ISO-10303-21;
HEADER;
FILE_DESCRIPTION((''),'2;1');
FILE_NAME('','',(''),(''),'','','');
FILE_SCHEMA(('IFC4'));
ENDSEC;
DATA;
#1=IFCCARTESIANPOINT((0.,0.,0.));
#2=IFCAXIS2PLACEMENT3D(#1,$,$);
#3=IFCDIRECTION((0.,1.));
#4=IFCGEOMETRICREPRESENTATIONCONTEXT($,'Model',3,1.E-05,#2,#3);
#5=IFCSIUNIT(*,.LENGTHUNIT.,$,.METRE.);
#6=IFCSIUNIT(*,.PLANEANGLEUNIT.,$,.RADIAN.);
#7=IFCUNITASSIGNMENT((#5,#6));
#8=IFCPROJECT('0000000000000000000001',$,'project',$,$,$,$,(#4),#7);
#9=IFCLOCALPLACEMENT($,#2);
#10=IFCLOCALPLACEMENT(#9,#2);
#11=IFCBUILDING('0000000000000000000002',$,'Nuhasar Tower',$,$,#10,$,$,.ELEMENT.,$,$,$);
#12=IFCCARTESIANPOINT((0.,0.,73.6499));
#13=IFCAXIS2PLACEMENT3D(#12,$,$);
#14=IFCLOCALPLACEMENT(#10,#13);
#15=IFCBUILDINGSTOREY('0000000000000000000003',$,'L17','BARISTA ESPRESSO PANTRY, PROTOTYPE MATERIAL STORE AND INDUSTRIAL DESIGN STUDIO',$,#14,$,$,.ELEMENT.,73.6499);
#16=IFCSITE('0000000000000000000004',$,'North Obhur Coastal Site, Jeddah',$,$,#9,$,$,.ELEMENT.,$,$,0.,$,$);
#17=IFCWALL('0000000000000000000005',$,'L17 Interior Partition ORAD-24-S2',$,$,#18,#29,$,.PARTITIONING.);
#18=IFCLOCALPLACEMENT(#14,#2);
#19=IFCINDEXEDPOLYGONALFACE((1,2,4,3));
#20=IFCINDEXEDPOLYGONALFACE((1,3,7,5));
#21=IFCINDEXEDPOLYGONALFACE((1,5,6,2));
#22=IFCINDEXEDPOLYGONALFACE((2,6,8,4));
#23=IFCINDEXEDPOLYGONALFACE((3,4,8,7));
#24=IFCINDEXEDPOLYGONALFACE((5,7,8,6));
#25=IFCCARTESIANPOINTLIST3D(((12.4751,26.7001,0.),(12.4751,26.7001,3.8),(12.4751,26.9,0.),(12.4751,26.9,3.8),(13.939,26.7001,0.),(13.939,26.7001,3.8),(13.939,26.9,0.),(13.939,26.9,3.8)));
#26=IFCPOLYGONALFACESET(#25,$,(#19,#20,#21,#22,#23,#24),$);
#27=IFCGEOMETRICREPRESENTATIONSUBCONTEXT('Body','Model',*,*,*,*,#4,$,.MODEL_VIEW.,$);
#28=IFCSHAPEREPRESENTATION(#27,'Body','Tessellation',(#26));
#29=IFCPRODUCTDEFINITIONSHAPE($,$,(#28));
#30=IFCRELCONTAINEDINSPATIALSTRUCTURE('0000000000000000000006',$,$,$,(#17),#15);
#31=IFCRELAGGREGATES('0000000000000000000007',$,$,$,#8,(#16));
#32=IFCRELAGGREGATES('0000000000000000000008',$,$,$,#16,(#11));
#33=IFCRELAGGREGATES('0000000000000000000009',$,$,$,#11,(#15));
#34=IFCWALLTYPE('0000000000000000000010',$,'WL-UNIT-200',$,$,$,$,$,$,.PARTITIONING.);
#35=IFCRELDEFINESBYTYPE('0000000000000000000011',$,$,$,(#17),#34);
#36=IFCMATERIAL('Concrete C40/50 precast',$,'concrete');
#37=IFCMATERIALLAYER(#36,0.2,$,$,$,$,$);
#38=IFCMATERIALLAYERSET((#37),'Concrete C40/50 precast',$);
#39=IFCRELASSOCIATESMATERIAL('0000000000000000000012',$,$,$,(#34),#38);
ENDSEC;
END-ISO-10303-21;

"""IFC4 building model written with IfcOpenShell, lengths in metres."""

from ifc_helpers import new_model, si_unit, direction, frame, frame_2d, origin, place, context, subcontext, project, spatial, rectangle, extrude, material, layer, layer_set, type_object, element, save


model = new_model("IFC4")

# Units and contexts
model_context = context("Model", 3, precision=1e-05, world=origin(), true_north=direction((0.0, 1.0)))
body_context = subcontext(model_context, "Body", "Model", "MODEL_VIEW")
ifc_project = project(units=[si_unit("LENGTHUNIT", "METRE"), si_unit("PLANEANGLEUNIT", "RADIAN")], contexts=[model_context])

# Site, building, storey
site_placement = place(None, origin())
site = spatial("IfcSite", under=ifc_project, at=site_placement, Name="North Obhur Coastal Site, Jeddah", CompositionType="ELEMENT", RefElevation=0.0)
building_placement = place(site_placement, origin())
building = spatial("IfcBuilding", under=site, at=building_placement, Name="Nuhasar Tower", CompositionType="ELEMENT")
storey_placement = place(building_placement, frame((0.0, 0.0, 73.6499)))
storey = spatial("IfcBuildingStorey", under=building, at=storey_placement, Name="L17", Description="BARISTA ESPRESSO PANTRY, PROTOTYPE MATERIAL STORE AND INDUSTRIAL DESIGN STUDIO", CompositionType="ELEMENT", Elevation=73.6499)

# Wall
ifc_material_1 = material(Name="Concrete C40/50 precast", Category="concrete")
ifc_layer_1 = layer(ifc_material_1, 0.2)
ifc_layer_set_1 = layer_set([ifc_layer_1], Name="Concrete C40/50 precast")
wall_type_1 = type_object("IfcWallType", Name="WL-UNIT-200", PredefinedType="PARTITIONING", material=ifc_layer_set_1)
wall_1_placement = place(storey_placement, frame((13.939, 26.8, 0.0), z_axis=(0.0, 0.0, 1.0), x_axis=(-1.0, 0.0, 0.0)))
element("IfcWall", 1, at=wall_1_placement, inside=storey, type_object=wall_type_1, Name="L17 Interior Partition ORAD-24-S2", PredefinedType="PARTITIONING", context=body_context, shape_type="SweptSolid", body=[
    extrude(rectangle(XDim=1.4639, YDim=0.2, at=frame_2d((0.7319, 0.0))), origin(), (0.0, 0.0, 1.0), 3.8),
])

save(model, "model.ifc")
